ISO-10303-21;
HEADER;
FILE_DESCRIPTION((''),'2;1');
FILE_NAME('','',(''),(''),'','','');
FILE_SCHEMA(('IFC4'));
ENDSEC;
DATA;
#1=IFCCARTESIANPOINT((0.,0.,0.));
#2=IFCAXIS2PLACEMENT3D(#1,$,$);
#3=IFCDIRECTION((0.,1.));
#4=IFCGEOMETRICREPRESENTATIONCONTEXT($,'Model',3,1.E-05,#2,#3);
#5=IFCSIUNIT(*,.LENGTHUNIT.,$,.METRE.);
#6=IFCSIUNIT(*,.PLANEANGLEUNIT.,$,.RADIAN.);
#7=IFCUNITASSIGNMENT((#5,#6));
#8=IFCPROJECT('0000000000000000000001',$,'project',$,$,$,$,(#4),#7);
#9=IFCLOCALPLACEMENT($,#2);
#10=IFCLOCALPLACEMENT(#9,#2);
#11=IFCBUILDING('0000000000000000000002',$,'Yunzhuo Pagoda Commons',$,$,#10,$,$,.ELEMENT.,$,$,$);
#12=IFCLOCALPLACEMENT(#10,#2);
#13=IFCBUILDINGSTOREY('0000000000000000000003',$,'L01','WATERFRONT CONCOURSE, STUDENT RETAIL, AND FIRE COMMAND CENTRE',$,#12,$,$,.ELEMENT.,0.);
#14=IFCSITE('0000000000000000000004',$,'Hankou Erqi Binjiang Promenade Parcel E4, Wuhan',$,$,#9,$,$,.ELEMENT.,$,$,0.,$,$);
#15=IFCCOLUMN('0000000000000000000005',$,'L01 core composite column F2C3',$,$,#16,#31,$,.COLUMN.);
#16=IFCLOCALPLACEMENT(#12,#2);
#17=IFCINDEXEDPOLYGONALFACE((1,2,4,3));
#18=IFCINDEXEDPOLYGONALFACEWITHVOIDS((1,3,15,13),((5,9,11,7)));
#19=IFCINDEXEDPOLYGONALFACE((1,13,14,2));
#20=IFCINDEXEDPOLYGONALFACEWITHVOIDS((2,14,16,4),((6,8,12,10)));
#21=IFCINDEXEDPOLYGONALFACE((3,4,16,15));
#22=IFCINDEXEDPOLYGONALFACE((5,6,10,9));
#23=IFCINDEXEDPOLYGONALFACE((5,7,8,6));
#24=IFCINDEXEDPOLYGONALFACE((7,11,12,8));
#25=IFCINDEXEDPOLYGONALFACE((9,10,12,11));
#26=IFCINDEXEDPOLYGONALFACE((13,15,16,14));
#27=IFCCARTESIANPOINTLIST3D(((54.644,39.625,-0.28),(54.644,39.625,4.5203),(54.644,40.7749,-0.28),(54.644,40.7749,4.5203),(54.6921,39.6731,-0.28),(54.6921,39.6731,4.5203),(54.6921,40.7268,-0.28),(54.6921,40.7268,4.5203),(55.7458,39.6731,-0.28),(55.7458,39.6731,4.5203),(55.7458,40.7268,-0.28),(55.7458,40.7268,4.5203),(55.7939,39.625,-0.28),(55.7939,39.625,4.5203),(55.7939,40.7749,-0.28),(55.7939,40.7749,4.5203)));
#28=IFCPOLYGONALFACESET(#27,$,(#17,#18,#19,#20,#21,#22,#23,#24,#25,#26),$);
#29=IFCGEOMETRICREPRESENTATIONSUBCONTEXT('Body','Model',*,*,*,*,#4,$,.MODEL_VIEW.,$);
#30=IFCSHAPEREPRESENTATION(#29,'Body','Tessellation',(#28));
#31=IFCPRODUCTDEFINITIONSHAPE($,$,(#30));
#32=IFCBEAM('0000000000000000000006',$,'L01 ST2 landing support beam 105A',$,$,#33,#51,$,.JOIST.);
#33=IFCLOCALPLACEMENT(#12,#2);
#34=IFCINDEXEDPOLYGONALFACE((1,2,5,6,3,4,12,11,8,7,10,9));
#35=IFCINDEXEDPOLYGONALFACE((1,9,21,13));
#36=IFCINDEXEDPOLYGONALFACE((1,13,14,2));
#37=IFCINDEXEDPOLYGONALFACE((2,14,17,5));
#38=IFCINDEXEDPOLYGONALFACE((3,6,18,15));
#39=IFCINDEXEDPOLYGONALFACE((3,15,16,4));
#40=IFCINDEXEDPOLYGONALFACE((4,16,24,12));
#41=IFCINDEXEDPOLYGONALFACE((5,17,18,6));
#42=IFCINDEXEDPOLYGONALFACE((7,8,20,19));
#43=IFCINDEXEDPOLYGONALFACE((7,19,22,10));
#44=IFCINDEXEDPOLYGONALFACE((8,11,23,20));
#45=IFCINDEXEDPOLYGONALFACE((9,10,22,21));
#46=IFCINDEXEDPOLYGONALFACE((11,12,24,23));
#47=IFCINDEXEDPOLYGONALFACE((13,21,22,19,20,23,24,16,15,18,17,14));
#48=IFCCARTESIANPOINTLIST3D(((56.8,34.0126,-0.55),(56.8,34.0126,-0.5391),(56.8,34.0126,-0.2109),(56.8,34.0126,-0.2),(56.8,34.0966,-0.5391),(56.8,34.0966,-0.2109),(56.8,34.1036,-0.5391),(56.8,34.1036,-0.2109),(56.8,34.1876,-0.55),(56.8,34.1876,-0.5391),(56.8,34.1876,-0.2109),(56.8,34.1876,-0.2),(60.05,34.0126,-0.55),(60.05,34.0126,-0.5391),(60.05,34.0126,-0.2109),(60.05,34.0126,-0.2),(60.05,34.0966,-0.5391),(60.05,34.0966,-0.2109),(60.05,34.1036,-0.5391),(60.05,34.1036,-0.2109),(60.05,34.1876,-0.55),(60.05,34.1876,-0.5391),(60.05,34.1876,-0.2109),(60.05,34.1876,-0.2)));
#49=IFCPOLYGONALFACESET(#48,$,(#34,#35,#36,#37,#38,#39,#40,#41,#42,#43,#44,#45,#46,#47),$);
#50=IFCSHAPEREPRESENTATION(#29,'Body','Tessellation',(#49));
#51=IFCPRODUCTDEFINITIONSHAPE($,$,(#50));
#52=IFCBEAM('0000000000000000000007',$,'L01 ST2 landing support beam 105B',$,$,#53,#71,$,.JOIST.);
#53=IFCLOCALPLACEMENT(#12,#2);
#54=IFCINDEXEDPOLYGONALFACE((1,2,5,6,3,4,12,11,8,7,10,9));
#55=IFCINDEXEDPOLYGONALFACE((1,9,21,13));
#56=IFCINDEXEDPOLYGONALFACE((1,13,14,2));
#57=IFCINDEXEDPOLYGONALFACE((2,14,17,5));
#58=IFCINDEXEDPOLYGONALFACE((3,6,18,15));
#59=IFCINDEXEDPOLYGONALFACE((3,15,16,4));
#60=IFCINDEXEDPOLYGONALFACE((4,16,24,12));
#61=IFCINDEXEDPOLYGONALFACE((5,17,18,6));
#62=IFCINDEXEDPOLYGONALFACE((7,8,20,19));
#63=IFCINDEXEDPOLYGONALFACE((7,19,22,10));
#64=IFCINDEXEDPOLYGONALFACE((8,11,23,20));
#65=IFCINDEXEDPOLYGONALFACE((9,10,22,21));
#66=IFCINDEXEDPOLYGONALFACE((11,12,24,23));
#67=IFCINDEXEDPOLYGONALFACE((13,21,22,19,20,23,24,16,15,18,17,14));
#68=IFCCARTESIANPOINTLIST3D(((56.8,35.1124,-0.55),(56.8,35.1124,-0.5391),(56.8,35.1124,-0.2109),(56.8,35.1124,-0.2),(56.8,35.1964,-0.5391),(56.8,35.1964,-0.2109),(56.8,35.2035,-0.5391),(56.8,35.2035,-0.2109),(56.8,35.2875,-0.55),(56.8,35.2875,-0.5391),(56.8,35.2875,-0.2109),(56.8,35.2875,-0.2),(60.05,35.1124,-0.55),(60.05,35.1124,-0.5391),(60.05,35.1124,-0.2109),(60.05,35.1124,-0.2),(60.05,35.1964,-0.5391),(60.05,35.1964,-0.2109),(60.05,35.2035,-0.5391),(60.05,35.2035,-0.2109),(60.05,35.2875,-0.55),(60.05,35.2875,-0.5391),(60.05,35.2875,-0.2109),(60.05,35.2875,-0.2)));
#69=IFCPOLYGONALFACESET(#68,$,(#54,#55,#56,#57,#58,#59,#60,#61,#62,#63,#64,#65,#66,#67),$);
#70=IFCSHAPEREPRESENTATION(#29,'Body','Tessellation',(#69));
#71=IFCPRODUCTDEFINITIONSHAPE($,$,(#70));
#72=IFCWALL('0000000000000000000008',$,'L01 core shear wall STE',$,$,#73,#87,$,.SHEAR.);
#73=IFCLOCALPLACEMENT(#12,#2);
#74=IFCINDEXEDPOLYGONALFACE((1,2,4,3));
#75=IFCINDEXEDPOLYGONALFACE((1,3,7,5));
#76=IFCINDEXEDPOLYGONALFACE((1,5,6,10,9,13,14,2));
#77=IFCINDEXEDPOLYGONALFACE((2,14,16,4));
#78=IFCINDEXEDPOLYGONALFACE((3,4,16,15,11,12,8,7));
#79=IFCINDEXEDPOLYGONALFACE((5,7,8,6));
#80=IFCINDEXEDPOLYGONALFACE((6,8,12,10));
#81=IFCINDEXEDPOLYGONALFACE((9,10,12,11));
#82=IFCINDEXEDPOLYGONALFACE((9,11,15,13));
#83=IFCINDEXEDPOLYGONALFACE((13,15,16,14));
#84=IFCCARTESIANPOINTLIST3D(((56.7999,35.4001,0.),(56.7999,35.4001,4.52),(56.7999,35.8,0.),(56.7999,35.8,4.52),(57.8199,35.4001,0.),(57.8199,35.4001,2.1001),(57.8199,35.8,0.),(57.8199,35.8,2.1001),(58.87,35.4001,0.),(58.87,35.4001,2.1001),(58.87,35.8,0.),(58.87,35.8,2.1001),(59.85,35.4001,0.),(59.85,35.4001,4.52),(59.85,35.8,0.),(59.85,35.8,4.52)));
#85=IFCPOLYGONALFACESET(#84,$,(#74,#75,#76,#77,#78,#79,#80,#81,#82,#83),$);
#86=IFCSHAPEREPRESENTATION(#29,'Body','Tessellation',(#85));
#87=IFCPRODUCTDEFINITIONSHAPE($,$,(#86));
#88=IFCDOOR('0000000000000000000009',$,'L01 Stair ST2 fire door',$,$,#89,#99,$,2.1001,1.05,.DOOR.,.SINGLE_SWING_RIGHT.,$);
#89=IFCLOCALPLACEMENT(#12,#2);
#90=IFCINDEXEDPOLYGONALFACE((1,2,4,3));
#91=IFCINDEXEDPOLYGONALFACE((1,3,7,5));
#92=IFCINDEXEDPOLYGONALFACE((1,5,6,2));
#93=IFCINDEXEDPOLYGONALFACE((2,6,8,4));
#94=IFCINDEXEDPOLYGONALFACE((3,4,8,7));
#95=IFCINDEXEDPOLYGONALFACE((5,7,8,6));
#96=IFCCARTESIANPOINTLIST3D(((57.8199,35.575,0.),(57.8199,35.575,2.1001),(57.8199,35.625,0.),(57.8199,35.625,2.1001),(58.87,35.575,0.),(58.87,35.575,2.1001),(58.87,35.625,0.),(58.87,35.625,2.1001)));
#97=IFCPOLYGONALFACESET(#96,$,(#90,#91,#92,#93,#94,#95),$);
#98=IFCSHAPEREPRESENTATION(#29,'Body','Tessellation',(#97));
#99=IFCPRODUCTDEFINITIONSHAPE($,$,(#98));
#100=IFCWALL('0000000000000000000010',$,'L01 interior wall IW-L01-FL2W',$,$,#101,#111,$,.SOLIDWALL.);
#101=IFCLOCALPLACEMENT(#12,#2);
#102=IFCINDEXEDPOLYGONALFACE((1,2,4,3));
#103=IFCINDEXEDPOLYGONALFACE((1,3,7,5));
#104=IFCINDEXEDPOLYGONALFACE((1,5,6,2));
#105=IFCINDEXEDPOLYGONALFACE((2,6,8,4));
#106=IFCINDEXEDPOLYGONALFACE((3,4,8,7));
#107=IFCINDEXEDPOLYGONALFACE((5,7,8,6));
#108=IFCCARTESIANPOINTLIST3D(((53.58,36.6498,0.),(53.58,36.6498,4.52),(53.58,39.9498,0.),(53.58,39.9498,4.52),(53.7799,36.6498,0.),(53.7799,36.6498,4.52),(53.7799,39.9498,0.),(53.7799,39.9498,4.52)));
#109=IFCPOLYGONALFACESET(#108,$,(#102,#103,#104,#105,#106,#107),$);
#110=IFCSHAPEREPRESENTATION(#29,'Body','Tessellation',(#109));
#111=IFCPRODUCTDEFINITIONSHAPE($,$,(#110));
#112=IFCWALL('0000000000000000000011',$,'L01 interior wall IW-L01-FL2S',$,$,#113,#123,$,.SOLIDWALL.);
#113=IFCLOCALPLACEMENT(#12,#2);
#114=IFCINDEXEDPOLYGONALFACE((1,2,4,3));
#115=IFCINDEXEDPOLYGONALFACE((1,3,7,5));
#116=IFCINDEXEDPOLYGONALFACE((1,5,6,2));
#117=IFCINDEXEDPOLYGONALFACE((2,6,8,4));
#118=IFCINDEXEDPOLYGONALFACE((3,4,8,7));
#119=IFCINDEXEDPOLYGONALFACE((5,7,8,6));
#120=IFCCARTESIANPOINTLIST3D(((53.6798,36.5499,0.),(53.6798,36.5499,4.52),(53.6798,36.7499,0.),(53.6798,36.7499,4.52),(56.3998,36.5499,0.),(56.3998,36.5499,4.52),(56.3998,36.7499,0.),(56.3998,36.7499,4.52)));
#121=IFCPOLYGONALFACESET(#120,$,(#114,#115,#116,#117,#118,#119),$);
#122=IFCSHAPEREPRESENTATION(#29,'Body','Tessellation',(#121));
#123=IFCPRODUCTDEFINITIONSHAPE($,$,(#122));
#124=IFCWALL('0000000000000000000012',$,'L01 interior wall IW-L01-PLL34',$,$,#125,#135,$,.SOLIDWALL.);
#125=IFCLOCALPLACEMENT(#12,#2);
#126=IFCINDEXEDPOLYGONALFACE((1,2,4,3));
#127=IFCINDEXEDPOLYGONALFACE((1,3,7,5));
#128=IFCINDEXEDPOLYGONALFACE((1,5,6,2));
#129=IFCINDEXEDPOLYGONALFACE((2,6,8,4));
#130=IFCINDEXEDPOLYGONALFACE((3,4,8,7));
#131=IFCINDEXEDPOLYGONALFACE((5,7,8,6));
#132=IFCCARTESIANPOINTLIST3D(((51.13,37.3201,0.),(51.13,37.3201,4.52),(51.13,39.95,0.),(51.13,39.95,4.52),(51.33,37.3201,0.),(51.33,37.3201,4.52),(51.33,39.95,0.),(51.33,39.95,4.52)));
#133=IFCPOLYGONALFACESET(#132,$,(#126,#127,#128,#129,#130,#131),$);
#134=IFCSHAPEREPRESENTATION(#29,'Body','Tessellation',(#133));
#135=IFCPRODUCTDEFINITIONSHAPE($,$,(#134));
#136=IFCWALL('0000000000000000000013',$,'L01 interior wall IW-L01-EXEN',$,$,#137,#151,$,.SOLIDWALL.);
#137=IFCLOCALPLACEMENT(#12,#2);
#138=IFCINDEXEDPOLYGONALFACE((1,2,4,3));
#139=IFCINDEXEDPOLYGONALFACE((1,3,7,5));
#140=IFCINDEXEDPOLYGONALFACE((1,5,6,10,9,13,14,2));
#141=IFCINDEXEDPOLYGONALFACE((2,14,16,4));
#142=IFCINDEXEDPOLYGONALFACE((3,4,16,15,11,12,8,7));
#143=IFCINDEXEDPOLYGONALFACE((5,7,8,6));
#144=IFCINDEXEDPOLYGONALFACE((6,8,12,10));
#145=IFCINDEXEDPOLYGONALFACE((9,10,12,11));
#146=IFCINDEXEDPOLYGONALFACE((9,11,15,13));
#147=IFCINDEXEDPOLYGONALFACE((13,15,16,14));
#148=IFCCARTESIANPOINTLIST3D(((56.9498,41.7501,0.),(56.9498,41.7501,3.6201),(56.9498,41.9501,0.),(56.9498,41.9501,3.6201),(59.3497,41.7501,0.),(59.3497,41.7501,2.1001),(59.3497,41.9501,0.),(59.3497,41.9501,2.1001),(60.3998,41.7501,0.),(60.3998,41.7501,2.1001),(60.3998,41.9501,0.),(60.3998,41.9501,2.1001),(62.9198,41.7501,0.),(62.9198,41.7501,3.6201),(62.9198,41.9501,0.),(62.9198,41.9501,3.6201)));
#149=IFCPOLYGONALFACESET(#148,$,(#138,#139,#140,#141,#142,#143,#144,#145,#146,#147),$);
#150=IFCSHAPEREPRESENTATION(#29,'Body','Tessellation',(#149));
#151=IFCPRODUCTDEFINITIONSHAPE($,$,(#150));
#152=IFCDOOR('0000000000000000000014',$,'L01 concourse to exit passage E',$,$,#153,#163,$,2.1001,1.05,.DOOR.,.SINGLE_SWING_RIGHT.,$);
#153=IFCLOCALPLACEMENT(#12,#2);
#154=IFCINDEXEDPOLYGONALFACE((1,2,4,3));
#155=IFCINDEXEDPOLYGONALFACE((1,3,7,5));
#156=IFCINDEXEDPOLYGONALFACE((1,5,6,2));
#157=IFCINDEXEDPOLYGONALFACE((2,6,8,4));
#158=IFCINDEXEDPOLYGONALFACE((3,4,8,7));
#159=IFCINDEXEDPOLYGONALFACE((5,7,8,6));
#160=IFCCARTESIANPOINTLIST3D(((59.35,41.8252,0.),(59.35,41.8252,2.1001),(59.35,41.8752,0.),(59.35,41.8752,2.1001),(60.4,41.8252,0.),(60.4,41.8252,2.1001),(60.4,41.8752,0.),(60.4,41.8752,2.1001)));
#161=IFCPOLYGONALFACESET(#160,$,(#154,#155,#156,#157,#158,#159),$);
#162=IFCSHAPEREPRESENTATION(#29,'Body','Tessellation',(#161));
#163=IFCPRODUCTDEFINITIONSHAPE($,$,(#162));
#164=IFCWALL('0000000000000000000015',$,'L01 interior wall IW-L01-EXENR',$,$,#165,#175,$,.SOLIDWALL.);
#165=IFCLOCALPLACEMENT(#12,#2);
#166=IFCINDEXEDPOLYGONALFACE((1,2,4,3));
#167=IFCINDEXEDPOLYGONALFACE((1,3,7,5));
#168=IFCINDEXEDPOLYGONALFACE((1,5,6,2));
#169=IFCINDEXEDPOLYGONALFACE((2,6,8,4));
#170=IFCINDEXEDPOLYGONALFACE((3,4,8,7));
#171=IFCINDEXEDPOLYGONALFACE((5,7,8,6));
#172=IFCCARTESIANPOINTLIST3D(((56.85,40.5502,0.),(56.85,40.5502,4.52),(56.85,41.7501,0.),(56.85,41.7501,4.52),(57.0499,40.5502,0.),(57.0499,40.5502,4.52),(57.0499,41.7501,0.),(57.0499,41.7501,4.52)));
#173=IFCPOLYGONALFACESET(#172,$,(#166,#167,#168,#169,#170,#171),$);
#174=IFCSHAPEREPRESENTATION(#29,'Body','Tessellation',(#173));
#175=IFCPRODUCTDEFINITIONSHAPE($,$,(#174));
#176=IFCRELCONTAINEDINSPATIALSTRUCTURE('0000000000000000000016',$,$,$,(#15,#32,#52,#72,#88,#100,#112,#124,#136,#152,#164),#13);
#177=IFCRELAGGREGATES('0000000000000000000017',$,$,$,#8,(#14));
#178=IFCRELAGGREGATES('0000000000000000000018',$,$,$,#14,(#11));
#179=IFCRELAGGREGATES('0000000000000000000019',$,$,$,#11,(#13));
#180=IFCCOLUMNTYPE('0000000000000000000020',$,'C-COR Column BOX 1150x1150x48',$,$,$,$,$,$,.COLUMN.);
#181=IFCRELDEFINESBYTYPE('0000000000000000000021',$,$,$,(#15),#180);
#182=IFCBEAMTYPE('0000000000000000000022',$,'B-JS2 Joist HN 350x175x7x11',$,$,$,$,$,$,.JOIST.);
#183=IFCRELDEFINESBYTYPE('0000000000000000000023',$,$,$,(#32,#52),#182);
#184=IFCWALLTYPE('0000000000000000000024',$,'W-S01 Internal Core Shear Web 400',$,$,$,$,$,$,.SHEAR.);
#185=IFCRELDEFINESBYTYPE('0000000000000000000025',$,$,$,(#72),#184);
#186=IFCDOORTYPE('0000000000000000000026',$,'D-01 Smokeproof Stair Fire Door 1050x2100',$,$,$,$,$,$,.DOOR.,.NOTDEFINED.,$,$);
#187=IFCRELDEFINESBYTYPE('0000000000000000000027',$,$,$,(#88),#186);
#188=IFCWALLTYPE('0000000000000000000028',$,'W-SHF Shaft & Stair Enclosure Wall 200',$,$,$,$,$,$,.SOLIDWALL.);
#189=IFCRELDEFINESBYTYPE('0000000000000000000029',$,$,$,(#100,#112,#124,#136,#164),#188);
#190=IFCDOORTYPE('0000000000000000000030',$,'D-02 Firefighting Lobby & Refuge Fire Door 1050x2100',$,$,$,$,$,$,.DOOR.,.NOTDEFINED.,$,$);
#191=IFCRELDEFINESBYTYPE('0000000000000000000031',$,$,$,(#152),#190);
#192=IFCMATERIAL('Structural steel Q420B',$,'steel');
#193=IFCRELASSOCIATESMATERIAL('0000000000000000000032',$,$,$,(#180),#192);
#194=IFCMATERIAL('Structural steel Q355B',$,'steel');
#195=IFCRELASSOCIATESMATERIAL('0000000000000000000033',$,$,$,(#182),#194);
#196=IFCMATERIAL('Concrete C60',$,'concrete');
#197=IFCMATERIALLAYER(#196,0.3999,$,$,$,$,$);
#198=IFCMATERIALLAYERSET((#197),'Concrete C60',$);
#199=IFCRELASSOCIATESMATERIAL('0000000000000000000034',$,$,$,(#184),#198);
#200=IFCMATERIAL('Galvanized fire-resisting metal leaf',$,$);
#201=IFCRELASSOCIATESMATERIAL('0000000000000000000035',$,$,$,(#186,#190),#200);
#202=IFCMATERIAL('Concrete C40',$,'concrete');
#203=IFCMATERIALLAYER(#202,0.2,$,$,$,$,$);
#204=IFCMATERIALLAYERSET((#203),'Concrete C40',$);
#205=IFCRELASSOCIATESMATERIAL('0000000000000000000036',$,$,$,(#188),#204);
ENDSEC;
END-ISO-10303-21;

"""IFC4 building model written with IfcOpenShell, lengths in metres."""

from ifc_helpers import new_model, si_unit, direction, frame, frame_2d, origin, origin_with_axes, origin_2d, place, context, subcontext, project, spatial, rectangle, hollow_rectangle, i_section, extrude, source, transform, mapped, material, layer, layer_set, material_profile, profile_set, type_object, element, fill, save


model = new_model("IFC4")

# Units and contexts
model_context = context("Model", 3, precision=1e-05, world=origin(), true_north=direction((0.0, 1.0)))
body_context = subcontext(model_context, "Body", "Model", "MODEL_VIEW")
ifc_project = project(units=[si_unit("LENGTHUNIT", "METRE"), si_unit("PLANEANGLEUNIT", "RADIAN")], contexts=[model_context])

# Site, building, storey
site_placement = place(None, origin())
site = spatial("IfcSite", under=ifc_project, at=site_placement, Name="Hankou Erqi Binjiang Promenade Parcel E4, Wuhan", CompositionType="ELEMENT", RefElevation=0.0)
building_placement = place(site_placement, origin())
building = spatial("IfcBuilding", under=site, at=building_placement, Name="Yunzhuo Pagoda Commons", CompositionType="ELEMENT")
storey_placement = place(building_placement, origin())
storey = spatial("IfcBuildingStorey", under=building, at=storey_placement, Name="L01", Description="WATERFRONT CONCOURSE, STUDENT RETAIL, AND FIRE COMMAND CENTRE", CompositionType="ELEMENT", Elevation=0.0)

# Column
ifc_material_1 = material(Name="Structural steel Q420B", Category="steel")
ifc_material_profile_1 = material_profile(ifc_material_1, hollow_rectangle(XDim=1.1499, YDim=1.1499, WallThickness=0.0481, at=origin_2d()), Name="Structural steel Q420B")
ifc_profile_set_1 = profile_set([ifc_material_profile_1], Name="Structural steel Q420B")
column_type = type_object("IfcColumnType", Name="C-COR Column BOX 1150x1150x48", PredefinedType="COLUMN", material=ifc_profile_set_1)
shared_shape_1 = source(origin(), body_context, "Body", "SweptSolid", [
    extrude(hollow_rectangle(XDim=1.1499, YDim=1.1499, WallThickness=0.0481, at=origin_2d()), origin(), (0.0, 0.0, 1.0), 4.8003),
])
column_placement = place(storey_placement, frame((55.219, 40.2, -0.28), z_axis=(0.0, 0.0, 1.0), x_axis=(1.0, 0.0, 0.0)))
element("IfcColumn", 1, at=column_placement, inside=storey, type_object=column_type, Name="L01 core composite column F2C3", PredefinedType="COLUMN", context=body_context, shape_type="MappedRepresentation", body=[
    mapped(shared_shape_1, transform((0.0, 0.0, 0.0), scale=1.0)),
])

# Beams
ifc_material_2 = material(Name="Structural steel Q355B", Category="steel")
ifc_material_profile_2 = material_profile(ifc_material_2, i_section(OverallWidth=0.175, OverallDepth=0.3501, WebThickness=0.0071, FlangeThickness=0.011, at=origin_2d()), Name="Structural steel Q355B")
ifc_profile_set_2 = profile_set([ifc_material_profile_2], Name="Structural steel Q355B")
beam_type = type_object("IfcBeamType", Name="B-JS2 Joist HN 350x175x7x11", PredefinedType="JOIST", material=ifc_profile_set_2)
shared_shape_2 = source(origin(), body_context, "Body", "SweptSolid", [
    extrude(i_section(OverallWidth=0.175, OverallDepth=0.3501, WebThickness=0.0071, FlangeThickness=0.011, at=origin_2d()), origin(), (0.0, 0.0, 1.0), 3.25),
])
for number, where, z_axis, x_axis, name in (
    (2, (56.8, 34.1001, -0.375), (1.0, 0.0, 0.0), (0.0, 1.0, 0.0), "L01 ST2 landing support beam 105A"),
    (3, (56.8, 35.2, -0.375), (1.0, 0.0, 0.0), (0.0, 1.0, 0.0), "L01 ST2 landing support beam 105B"),
):
    element("IfcBeam", number, at=place(storey_placement, frame(where, z_axis=z_axis, x_axis=x_axis)), inside=storey, type_object=beam_type, Name=name, PredefinedType="JOIST", context=body_context, shape_type="MappedRepresentation", body=[
        mapped(shared_shape_2, transform((0.0, 0.0, 0.0), scale=1.0)),
    ])

# Wall, opening, door
ifc_material_3 = material(Name="Concrete C60", Category="concrete")
ifc_layer_1 = layer(ifc_material_3, 0.3999)
ifc_layer_set_1 = layer_set([ifc_layer_1], Name="Concrete C60")
wall_type_1 = type_object("IfcWallType", Name="W-S01 Internal Core Shear Web 400", PredefinedType="SHEAR", material=ifc_layer_set_1)
wall_1_placement = place(storey_placement, frame((56.8, 35.6001, 0.0), z_axis=(0.0, 0.0, 1.0), x_axis=(1.0, 0.0, 0.0)))
wall_1 = element("IfcWall", 4, at=wall_1_placement, inside=storey, type_object=wall_type_1, Name="L01 core shear wall STE", PredefinedType="SHEAR", context=body_context, shape_type="SweptSolid", body=[
    extrude(rectangle(XDim=3.05, YDim=0.3999, at=frame_2d((1.5249, 0.0))), origin(), (0.0, 0.0, 1.0), 4.52),
])
opening_1_placement = place(wall_1_placement, frame((1.02, 0.0, 0.0)))
opening_1 = element("IfcOpeningElement", 5, at=opening_1_placement, cuts=wall_1, PredefinedType="OPENING", context=body_context, shape_type="SweptSolid", body=[
    extrude(rectangle(XDim=1.05, YDim=2.1001, at=frame_2d((0.5249, 1.05))), frame((0.0, 0.21, 0.0), z_axis=(0.0, -1.0, 0.0), x_axis=(1.0, 0.0, 0.0)), (0.0, 0.0, 1.0), 0.4199),
])
ifc_material_4 = material(Name="Galvanized fire-resisting metal leaf")
door_type_1 = type_object("IfcDoorType", Name="D-01 Smokeproof Stair Fire Door 1050x2100", OperationType="NOTDEFINED", PredefinedType="DOOR", material=ifc_material_4)
shared_shape_3 = source(origin(), body_context, "Body", "SweptSolid", [
    extrude(rectangle(XDim=1.05, YDim=2.1001, at=frame_2d((0.5249, 1.05))), frame((0.0, 0.0249, 0.0), z_axis=(0.0, -1.0, 0.0), x_axis=(1.0, 0.0, 0.0)), (0.0, 0.0, 1.0), 0.05),
])
door_1_placement = place(opening_1_placement, origin_with_axes())
door_1 = element("IfcDoor", 6, at=door_1_placement, inside=storey, type_object=door_type_1, Name="L01 Stair ST2 fire door", OperationType="SINGLE_SWING_RIGHT", OverallHeight=2.1001, OverallWidth=1.05, PredefinedType="DOOR", context=body_context, shape_type="MappedRepresentation", body=[
    mapped(shared_shape_3, transform((0.0, 0.0, 0.0), scale=1.0)),
])
fill(opening_1, door_1)

# Walls
ifc_material_5 = material(Name="Concrete C40", Category="concrete")
ifc_layer_2 = layer(ifc_material_5, 0.2)
ifc_layer_set_2 = layer_set([ifc_layer_2], Name="Concrete C40")
wall_type_2 = type_object("IfcWallType", Name="W-SHF Shaft & Stair Enclosure Wall 200", PredefinedType="SOLIDWALL", material=ifc_layer_set_2)
wall_2_placement = place(storey_placement, frame((53.6799, 36.6499, 0.0), z_axis=(0.0, 0.0, 1.0), x_axis=(0.0, 1.0, 0.0)))
element("IfcWall", 7, at=wall_2_placement, inside=storey, type_object=wall_type_2, Name="L01 interior wall IW-L01-FL2W", PredefinedType="SOLIDWALL", context=body_context, shape_type="SweptSolid", body=[
    extrude(rectangle(XDim=3.3, YDim=0.2, at=frame_2d((1.6499, 0.0))), origin(), (0.0, 0.0, 1.0), 4.52),
])
wall_3_placement = place(storey_placement, frame((53.6799, 36.6499, 0.0), z_axis=(0.0, 0.0, 1.0), x_axis=(1.0, 0.0, 0.0)))
element("IfcWall", 8, at=wall_3_placement, inside=storey, type_object=wall_type_2, Name="L01 interior wall IW-L01-FL2S", PredefinedType="SOLIDWALL", context=body_context, shape_type="SweptSolid", body=[
    extrude(rectangle(XDim=2.72, YDim=0.2, at=frame_2d((1.3599, 0.0))), origin(), (0.0, 0.0, 1.0), 4.52),
])
wall_4_placement = place(storey_placement, frame((51.23, 37.3201, 0.0), z_axis=(0.0, 0.0, 1.0), x_axis=(0.0, 1.0, 0.0)))
element("IfcWall", 9, at=wall_4_placement, inside=storey, type_object=wall_type_2, Name="L01 interior wall IW-L01-PLL34", PredefinedType="SOLIDWALL", context=body_context, shape_type="SweptSolid", body=[
    extrude(rectangle(XDim=2.6299, YDim=0.2, at=frame_2d((1.3149, 0.0))), origin(), (0.0, 0.0, 1.0), 4.52),
])

# Wall, opening, door
wall_5_placement = place(storey_placement, frame((56.95, 41.8501, 0.0), z_axis=(0.0, 0.0, 1.0), x_axis=(1.0, 0.0, 0.0)))
wall_5 = element("IfcWall", 10, at=wall_5_placement, inside=storey, type_object=wall_type_2, Name="L01 interior wall IW-L01-EXEN", PredefinedType="SOLIDWALL", context=body_context, shape_type="SweptSolid", body=[
    extrude(rectangle(XDim=5.97, YDim=0.2, at=frame_2d((2.9849, 0.0))), origin(), (0.0, 0.0, 1.0), 3.6201),
])
opening_2_placement = place(wall_5_placement, frame((2.3999, 0.0, 0.0)))
opening_2 = element("IfcOpeningElement", 11, at=opening_2_placement, cuts=wall_5, PredefinedType="OPENING", context=body_context, shape_type="SweptSolid", body=[
    extrude(rectangle(XDim=1.05, YDim=2.1001, at=frame_2d((0.5249, 1.05))), frame((0.0, 0.1099, 0.0), z_axis=(0.0, -1.0, 0.0), x_axis=(1.0, 0.0, 0.0)), (0.0, 0.0, 1.0), 0.22),
])
door_type_2 = type_object("IfcDoorType", Name="D-02 Firefighting Lobby & Refuge Fire Door 1050x2100", OperationType="NOTDEFINED", PredefinedType="DOOR", material=ifc_material_4)
door_2_placement = place(opening_2_placement, frame((1.05, 0.0, 0.0), z_axis=(0.0, 0.0, 1.0), x_axis=(-1.0, 0.0, 0.0)))
door_2 = element("IfcDoor", 12, at=door_2_placement, inside=storey, type_object=door_type_2, Name="L01 concourse to exit passage E", OperationType="SINGLE_SWING_RIGHT", OverallHeight=2.1001, OverallWidth=1.05, PredefinedType="DOOR", context=body_context, shape_type="MappedRepresentation", body=[
    mapped(shared_shape_3, transform((0.0, 0.0, 0.0), scale=1.0)),
])
fill(opening_2, door_2)

# Wall
wall_6_placement = place(storey_placement, frame((56.95, 40.55, 0.0), z_axis=(0.0, 0.0, 1.0), x_axis=(0.0, 1.0, 0.0)))
element("IfcWall", 13, at=wall_6_placement, inside=storey, type_object=wall_type_2, Name="L01 interior wall IW-L01-EXENR", PredefinedType="SOLIDWALL", context=body_context, shape_type="SweptSolid", body=[
    extrude(rectangle(XDim=1.2, YDim=0.2, at=frame_2d((0.6001, 0.0))), origin(), (0.0, 0.0, 1.0), 4.52),
])

save(model, "model.ifc")
